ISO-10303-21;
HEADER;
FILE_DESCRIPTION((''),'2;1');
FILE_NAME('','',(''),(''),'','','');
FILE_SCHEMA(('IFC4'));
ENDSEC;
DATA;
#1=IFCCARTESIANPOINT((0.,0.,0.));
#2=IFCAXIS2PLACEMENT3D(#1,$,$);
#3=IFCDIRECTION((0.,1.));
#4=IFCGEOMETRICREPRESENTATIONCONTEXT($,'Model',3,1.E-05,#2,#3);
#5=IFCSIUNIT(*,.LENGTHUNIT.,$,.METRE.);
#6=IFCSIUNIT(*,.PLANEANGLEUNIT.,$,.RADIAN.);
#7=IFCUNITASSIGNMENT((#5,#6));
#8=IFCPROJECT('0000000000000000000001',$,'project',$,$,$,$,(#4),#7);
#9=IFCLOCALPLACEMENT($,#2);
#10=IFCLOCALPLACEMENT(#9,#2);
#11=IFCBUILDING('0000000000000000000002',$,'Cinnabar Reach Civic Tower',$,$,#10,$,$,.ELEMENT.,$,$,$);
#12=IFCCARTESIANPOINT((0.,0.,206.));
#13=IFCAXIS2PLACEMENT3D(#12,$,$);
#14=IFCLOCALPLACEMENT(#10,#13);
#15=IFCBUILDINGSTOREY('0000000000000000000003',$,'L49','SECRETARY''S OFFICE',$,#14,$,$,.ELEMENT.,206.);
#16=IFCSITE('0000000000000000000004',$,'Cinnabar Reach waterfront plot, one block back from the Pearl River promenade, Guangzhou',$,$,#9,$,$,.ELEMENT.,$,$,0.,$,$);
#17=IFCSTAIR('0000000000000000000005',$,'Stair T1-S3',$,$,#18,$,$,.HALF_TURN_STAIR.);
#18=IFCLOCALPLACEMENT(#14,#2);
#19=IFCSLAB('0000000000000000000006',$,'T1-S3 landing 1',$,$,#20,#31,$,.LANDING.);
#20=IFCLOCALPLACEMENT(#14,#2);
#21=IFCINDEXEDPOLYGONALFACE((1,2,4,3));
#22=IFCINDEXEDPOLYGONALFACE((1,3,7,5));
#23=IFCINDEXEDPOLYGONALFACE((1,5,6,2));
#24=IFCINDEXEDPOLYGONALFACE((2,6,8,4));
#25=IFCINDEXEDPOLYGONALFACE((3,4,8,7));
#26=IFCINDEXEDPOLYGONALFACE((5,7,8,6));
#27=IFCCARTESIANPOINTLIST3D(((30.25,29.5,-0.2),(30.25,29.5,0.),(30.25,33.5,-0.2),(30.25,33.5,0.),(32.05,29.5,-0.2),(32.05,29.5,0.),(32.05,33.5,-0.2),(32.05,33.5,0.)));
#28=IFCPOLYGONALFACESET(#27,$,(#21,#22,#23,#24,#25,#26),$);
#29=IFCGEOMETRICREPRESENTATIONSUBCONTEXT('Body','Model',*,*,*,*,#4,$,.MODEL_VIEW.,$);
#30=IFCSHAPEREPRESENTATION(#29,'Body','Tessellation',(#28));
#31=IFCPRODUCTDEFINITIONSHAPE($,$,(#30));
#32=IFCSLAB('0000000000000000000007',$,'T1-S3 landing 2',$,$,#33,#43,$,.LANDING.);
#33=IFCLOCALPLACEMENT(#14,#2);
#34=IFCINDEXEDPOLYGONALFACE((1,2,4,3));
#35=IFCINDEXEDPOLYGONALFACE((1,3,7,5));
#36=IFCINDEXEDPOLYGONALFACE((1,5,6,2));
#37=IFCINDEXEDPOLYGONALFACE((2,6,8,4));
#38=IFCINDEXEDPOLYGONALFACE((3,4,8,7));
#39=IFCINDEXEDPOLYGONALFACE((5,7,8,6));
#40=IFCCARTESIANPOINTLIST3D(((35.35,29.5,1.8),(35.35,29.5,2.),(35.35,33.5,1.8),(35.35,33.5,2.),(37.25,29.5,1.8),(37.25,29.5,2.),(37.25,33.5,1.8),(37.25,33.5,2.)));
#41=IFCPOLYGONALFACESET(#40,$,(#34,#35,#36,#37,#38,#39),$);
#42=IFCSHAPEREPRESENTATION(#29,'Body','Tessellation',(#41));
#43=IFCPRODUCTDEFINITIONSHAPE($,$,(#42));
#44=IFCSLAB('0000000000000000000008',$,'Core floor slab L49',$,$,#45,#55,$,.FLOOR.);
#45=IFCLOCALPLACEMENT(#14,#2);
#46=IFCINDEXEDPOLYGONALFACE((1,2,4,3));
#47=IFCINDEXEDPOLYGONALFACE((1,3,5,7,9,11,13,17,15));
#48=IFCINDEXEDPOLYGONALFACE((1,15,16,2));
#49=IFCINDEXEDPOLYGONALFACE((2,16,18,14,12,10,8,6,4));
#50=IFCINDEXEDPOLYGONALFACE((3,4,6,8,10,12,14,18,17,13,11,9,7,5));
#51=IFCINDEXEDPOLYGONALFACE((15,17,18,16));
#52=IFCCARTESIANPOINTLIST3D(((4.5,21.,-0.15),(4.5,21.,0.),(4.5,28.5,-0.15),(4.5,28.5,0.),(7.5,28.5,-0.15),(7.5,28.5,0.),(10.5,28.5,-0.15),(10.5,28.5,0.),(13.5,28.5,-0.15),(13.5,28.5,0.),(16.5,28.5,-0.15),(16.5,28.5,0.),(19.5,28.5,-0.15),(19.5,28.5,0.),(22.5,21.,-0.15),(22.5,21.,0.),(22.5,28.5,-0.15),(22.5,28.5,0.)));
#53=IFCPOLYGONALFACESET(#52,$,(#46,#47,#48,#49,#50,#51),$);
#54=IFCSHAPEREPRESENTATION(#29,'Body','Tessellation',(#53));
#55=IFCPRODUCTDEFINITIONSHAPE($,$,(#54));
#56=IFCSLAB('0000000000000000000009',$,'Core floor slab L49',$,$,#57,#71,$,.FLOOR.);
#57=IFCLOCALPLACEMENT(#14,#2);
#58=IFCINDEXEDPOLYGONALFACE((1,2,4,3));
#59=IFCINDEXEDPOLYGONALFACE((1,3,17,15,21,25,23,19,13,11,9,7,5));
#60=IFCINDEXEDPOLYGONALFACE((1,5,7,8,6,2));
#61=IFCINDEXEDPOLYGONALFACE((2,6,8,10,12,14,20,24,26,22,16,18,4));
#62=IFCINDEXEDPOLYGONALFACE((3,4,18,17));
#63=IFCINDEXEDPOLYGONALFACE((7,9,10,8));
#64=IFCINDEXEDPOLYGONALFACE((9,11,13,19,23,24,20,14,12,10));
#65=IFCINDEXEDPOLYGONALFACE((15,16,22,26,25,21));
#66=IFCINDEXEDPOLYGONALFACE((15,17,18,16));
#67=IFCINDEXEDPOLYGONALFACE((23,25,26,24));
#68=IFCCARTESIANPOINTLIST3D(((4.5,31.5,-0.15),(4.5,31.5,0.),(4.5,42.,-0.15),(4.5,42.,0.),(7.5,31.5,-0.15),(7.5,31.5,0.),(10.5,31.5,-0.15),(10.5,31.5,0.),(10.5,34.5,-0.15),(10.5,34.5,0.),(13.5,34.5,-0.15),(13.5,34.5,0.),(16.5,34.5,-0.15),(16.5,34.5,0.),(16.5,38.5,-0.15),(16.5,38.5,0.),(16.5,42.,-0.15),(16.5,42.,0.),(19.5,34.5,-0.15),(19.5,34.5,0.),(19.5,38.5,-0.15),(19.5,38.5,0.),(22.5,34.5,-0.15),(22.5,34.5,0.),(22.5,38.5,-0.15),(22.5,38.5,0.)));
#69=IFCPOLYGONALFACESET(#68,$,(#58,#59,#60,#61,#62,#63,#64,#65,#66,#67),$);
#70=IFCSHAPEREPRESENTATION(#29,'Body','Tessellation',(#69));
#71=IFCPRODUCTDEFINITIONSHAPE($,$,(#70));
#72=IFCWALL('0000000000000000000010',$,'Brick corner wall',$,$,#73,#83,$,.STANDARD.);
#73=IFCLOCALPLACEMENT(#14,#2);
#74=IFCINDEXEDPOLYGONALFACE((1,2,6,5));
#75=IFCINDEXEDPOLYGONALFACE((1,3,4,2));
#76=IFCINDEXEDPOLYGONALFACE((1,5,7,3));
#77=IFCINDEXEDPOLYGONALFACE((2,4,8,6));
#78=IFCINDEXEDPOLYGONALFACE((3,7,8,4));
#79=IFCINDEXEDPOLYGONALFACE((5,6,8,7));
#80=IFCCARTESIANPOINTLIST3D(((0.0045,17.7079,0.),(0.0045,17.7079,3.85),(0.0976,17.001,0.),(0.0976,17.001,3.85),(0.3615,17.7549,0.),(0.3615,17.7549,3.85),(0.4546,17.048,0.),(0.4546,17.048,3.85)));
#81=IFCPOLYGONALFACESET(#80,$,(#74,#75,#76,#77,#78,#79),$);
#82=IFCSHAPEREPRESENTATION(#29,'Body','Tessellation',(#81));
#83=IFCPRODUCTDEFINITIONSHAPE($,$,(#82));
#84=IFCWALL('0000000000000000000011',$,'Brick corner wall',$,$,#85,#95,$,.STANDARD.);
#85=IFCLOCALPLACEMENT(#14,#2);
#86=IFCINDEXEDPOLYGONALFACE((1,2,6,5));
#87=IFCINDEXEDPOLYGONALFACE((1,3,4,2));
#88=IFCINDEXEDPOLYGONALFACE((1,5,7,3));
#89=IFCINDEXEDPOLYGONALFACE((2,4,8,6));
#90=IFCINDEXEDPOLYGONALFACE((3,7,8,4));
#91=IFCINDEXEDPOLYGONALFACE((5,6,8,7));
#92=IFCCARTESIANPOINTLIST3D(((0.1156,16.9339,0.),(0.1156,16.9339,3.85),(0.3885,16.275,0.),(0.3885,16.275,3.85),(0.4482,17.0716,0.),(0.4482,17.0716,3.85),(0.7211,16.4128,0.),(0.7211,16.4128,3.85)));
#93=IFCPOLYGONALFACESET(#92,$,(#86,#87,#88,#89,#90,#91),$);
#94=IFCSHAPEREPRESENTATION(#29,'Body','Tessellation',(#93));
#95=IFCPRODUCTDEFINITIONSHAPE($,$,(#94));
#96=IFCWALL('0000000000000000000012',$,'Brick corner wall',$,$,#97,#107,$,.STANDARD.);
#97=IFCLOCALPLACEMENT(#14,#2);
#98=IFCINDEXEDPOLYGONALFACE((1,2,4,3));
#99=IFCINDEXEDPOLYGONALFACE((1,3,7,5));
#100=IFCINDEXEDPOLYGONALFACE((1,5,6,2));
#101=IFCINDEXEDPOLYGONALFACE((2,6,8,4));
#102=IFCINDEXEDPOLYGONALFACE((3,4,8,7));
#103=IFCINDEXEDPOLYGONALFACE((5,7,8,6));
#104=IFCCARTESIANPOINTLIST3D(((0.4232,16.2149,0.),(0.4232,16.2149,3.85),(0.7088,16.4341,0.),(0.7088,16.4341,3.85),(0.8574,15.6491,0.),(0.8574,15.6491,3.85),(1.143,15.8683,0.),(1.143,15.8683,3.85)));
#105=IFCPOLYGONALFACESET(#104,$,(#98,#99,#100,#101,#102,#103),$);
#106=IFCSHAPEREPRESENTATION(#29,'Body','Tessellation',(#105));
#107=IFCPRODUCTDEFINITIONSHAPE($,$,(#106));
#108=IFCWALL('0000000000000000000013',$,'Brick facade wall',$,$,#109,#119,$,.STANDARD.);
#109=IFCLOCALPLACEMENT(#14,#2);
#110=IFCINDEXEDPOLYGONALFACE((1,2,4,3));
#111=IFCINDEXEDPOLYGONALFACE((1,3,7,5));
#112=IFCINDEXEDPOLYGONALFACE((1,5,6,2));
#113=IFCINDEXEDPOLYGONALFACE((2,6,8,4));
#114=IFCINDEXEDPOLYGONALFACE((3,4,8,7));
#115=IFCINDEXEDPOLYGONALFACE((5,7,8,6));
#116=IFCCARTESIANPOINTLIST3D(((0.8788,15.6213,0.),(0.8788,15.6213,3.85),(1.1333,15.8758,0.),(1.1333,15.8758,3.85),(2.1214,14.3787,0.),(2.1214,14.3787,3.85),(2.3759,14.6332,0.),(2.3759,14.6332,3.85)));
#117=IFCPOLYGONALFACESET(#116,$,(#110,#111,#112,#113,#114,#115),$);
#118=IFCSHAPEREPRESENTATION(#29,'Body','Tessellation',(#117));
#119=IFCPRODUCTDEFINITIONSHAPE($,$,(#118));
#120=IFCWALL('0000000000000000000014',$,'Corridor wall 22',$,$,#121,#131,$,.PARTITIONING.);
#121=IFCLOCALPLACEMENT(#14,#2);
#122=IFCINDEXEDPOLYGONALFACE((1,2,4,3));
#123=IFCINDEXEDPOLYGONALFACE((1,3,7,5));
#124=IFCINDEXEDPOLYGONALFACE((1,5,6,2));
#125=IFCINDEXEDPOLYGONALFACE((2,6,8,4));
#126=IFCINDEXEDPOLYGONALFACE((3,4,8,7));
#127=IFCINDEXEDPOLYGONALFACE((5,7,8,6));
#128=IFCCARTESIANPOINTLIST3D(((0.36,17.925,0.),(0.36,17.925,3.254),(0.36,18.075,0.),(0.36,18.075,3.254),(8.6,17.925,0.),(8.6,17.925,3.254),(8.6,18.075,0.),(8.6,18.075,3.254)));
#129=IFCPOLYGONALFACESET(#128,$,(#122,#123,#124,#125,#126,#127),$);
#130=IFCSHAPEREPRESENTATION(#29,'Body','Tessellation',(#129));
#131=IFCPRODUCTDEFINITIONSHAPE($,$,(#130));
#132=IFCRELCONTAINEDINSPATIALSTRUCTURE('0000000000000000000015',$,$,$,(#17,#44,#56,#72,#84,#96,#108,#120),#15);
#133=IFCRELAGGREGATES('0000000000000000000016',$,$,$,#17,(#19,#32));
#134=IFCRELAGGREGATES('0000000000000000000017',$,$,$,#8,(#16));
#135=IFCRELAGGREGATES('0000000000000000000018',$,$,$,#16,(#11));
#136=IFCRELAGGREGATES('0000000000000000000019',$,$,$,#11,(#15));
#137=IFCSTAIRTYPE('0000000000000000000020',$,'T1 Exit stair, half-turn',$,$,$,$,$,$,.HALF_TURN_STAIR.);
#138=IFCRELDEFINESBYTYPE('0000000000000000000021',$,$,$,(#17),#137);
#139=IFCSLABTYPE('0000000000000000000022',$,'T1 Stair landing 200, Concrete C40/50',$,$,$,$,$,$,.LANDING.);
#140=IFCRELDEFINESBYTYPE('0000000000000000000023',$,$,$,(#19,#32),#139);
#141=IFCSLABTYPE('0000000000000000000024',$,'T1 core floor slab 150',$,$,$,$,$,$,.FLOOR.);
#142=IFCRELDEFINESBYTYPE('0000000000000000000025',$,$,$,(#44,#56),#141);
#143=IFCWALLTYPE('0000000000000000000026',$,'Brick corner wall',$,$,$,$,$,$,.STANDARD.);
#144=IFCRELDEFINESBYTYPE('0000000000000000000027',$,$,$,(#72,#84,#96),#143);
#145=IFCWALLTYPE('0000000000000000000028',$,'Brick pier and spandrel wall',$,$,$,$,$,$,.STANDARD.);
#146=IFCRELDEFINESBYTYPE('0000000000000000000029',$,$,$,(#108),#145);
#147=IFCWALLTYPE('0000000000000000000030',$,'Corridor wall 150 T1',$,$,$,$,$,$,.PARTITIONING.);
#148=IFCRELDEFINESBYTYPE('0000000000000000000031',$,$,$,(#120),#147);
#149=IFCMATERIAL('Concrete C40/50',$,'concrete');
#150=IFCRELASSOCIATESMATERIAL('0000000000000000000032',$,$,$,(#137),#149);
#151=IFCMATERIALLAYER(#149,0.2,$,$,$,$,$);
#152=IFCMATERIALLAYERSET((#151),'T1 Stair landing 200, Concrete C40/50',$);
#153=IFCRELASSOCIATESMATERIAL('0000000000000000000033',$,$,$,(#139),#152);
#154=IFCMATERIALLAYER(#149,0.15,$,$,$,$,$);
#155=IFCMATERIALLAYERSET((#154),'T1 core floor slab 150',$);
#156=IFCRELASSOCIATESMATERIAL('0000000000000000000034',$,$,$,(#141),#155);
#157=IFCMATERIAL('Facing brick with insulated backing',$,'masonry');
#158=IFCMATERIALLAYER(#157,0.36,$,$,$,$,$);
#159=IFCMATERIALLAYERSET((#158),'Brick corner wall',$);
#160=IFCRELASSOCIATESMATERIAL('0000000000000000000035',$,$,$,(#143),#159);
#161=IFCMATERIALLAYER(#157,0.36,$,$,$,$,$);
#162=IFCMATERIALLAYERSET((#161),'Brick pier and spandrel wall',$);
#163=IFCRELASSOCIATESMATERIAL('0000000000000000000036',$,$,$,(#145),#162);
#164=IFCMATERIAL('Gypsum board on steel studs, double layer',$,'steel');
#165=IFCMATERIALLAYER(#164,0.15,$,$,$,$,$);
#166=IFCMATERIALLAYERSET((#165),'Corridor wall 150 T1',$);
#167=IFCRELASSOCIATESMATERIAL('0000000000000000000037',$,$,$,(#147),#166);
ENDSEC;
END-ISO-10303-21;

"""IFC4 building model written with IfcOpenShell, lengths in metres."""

from ifc_helpers import new_model, si_unit, direction, frame, frame_2d, origin, place, context, subcontext, project, spatial, polyline, rectangle, outline, extrude, material, layer, layer_set, type_object, element, aggregate, save


model = new_model("IFC4")

# Units and contexts
model_context = context("Model", 3, precision=1e-05, world=origin(), true_north=direction((0.0, 1.0)))
body_context = subcontext(model_context, "Body", "Model", "MODEL_VIEW")
ifc_project = project(units=[si_unit("LENGTHUNIT", "METRE"), si_unit("PLANEANGLEUNIT", "RADIAN")], contexts=[model_context])

# Site, building, storey
site_placement = place(None, origin())
site = spatial("IfcSite", under=ifc_project, at=site_placement, Name="Cinnabar Reach waterfront plot, one block back from the Pearl River promenade, Guangzhou", CompositionType="ELEMENT", RefElevation=0.0)
building_placement = place(site_placement, origin())
building = spatial("IfcBuilding", under=site, at=building_placement, Name="Cinnabar Reach Civic Tower", CompositionType="ELEMENT")
storey_placement = place(building_placement, frame((0.0, 0.0, 206.0)))
storey = spatial("IfcBuildingStorey", under=building, at=storey_placement, Name="L49", Description="SECRETARY'S OFFICE", CompositionType="ELEMENT", Elevation=206.0)

# Stair, slabs
ifc_material_1 = material(Name="Concrete C40/50", Category="concrete")
stair_type = type_object("IfcStairType", Name="T1 Exit stair, half-turn", PredefinedType="HALF_TURN_STAIR", material=ifc_material_1)
ifc_layer_1 = layer(ifc_material_1, 0.2)
ifc_layer_set_1 = layer_set([ifc_layer_1], Name="T1 Stair landing 200, Concrete C40/50")
slab_type_1 = type_object("IfcSlabType", Name="T1 Stair landing 200, Concrete C40/50", PredefinedType="LANDING", material=ifc_layer_set_1)
stair_1_placement = place(storey_placement, origin())
stair_1 = element("IfcStair", 1, at=stair_1_placement, inside=storey, type_object=stair_type, Name="Stair T1-S3", PredefinedType="HALF_TURN_STAIR")
slab_1_placement = place(storey_placement, frame((0.0, 0.0, -0.2)))
slab_1 = element("IfcSlab", 2, at=slab_1_placement, type_object=slab_type_1, Name="T1-S3 landing 1", PredefinedType="LANDING", context=body_context, shape_type="SweptSolid", body=[
    extrude(outline(polyline([(30.25, 29.5), (32.05, 29.5), (32.05, 33.5), (30.25, 33.5), (30.25, 29.5)])), origin(), (0.0, 0.0, 1.0), 0.2),
])
slab_2_placement = place(storey_placement, frame((0.0, 0.0, 1.8)))
slab_2 = element("IfcSlab", 3, at=slab_2_placement, type_object=slab_type_1, Name="T1-S3 landing 2", PredefinedType="LANDING", context=body_context, shape_type="SweptSolid", body=[
    extrude(outline(polyline([(35.35, 29.5), (37.25, 29.5), (37.25, 33.5), (35.35, 33.5), (35.35, 29.5)])), origin(), (0.0, 0.0, 1.0), 0.2),
])
aggregate(stair_1, [slab_1, slab_2])

# Slabs
ifc_layer_2 = layer(ifc_material_1, 0.15)
ifc_layer_set_2 = layer_set([ifc_layer_2], Name="T1 core floor slab 150")
slab_type_2 = type_object("IfcSlabType", Name="T1 core floor slab 150", PredefinedType="FLOOR", material=ifc_layer_set_2)
slab_3_placement = place(storey_placement, frame((0.0, 0.0, -0.15)))
element("IfcSlab", 4, at=slab_3_placement, inside=storey, type_object=slab_type_2, Name="Core floor slab L49", PredefinedType="FLOOR", context=body_context, shape_type="SweptSolid", body=[
    extrude(outline(polyline([(22.5, 21.0), (4.5, 21.0), (4.5, 28.5), (7.5, 28.5), (10.5, 28.5), (13.5, 28.5), (16.5, 28.5), (19.5, 28.5), (22.5, 28.5), (22.5, 21.0)])), origin(), (0.0, 0.0, 1.0), 0.15),
])
slab_4_placement = place(storey_placement, frame((0.0, 0.0, -0.15)))
element("IfcSlab", 5, at=slab_4_placement, inside=storey, type_object=slab_type_2, Name="Core floor slab L49", PredefinedType="FLOOR", context=body_context, shape_type="SweptSolid", body=[
    extrude(outline(polyline([(22.5, 34.5), (19.5, 34.5), (16.5, 34.5), (13.5, 34.5), (10.5, 34.5), (10.5, 31.5), (7.5, 31.5), (4.5, 31.5), (4.5, 42.0), (16.5, 42.0), (16.5, 38.5), (19.5, 38.5), (22.5, 38.5), (22.5, 34.5)])), origin(), (0.0, 0.0, 1.0), 0.15),
])

# Walls
ifc_material_2 = material(Name="Facing brick with insulated backing", Category="masonry")
ifc_layer_3 = layer(ifc_material_2, 0.36)
ifc_layer_set_3 = layer_set([ifc_layer_3], Name="Brick corner wall")
wall_type_1 = type_object("IfcWallType", Name="Brick corner wall", PredefinedType="STANDARD", material=ifc_layer_set_3)
for number, where, z_axis, x_axis, name in (
    (6, (0.183, 17.7314, 0.0), (0.0, 0.0, 1.0), (0.130556, -0.991441, 0.0), "Brick corner wall"),
    (7, (0.2819, 17.0027, 0.0), (0.0, 0.0, 1.0), (0.382703, -0.923872, 0.0), "Brick corner wall"),
):
    element("IfcWall", number, at=place(storey_placement, frame(where, z_axis=z_axis, x_axis=x_axis)), inside=storey, type_object=wall_type_1, Name=name, PredefinedType="STANDARD", context=body_context, shape_type="SweptSolid", body=[
        extrude(rectangle(XDim=0.7131, YDim=0.36, at=frame_2d((0.3565, 0.0))), origin(), (0.0, 0.0, 1.0), 3.85),
    ])
wall_1_placement = place(storey_placement, frame((0.566, 16.3245, 0.0), z_axis=(0.0, 0.0, 1.0), x_axis=(0.608802, -0.793322, 0.0)))
element("IfcWall", 8, at=wall_1_placement, inside=storey, type_object=wall_type_1, Name="Brick corner wall", PredefinedType="STANDARD", context=body_context, shape_type="SweptSolid", body=[
    extrude(rectangle(XDim=0.7132, YDim=0.36, at=frame_2d((0.3566, 0.0))), origin(), (0.0, 0.0, 1.0), 3.85),
])
ifc_layer_4 = layer(ifc_material_2, 0.36)
ifc_layer_set_4 = layer_set([ifc_layer_4], Name="Brick pier and spandrel wall")
wall_type_2 = type_object("IfcWallType", Name="Brick pier and spandrel wall", PredefinedType="STANDARD", material=ifc_layer_set_4)
wall_2_placement = place(storey_placement, frame((1.006, 15.7486, 0.0), z_axis=(0.0, 0.0, 1.0), x_axis=(0.707107, -0.707107, 0.0)))
element("IfcWall", 9, at=wall_2_placement, inside=storey, type_object=wall_type_2, Name="Brick facade wall", PredefinedType="STANDARD", context=body_context, shape_type="SweptSolid", body=[
    extrude(rectangle(XDim=1.7573, YDim=0.36, at=frame_2d((0.8787, 0.0))), origin(), (0.0, 0.0, 1.0), 3.85),
])
ifc_material_3 = material(Name="Gypsum board on steel studs, double layer", Category="steel")
ifc_layer_5 = layer(ifc_material_3, 0.15)
ifc_layer_set_5 = layer_set([ifc_layer_5], Name="Corridor wall 150 T1")
wall_type_3 = type_object("IfcWallType", Name="Corridor wall 150 T1", PredefinedType="PARTITIONING", material=ifc_layer_set_5)
wall_3_placement = place(storey_placement, frame((0.36, 18.0, 0.0), z_axis=(0.0, 0.0, 1.0), x_axis=(1.0, 0.0, 0.0)))
element("IfcWall", 10, at=wall_3_placement, inside=storey, type_object=wall_type_3, Name="Corridor wall 22", PredefinedType="PARTITIONING", context=body_context, shape_type="SweptSolid", body=[
    extrude(rectangle(XDim=8.24, YDim=0.15, at=frame_2d((4.12, 0.0))), origin(), (0.0, 0.0, 1.0), 3.254),
])

save(model, "model.ifc")
